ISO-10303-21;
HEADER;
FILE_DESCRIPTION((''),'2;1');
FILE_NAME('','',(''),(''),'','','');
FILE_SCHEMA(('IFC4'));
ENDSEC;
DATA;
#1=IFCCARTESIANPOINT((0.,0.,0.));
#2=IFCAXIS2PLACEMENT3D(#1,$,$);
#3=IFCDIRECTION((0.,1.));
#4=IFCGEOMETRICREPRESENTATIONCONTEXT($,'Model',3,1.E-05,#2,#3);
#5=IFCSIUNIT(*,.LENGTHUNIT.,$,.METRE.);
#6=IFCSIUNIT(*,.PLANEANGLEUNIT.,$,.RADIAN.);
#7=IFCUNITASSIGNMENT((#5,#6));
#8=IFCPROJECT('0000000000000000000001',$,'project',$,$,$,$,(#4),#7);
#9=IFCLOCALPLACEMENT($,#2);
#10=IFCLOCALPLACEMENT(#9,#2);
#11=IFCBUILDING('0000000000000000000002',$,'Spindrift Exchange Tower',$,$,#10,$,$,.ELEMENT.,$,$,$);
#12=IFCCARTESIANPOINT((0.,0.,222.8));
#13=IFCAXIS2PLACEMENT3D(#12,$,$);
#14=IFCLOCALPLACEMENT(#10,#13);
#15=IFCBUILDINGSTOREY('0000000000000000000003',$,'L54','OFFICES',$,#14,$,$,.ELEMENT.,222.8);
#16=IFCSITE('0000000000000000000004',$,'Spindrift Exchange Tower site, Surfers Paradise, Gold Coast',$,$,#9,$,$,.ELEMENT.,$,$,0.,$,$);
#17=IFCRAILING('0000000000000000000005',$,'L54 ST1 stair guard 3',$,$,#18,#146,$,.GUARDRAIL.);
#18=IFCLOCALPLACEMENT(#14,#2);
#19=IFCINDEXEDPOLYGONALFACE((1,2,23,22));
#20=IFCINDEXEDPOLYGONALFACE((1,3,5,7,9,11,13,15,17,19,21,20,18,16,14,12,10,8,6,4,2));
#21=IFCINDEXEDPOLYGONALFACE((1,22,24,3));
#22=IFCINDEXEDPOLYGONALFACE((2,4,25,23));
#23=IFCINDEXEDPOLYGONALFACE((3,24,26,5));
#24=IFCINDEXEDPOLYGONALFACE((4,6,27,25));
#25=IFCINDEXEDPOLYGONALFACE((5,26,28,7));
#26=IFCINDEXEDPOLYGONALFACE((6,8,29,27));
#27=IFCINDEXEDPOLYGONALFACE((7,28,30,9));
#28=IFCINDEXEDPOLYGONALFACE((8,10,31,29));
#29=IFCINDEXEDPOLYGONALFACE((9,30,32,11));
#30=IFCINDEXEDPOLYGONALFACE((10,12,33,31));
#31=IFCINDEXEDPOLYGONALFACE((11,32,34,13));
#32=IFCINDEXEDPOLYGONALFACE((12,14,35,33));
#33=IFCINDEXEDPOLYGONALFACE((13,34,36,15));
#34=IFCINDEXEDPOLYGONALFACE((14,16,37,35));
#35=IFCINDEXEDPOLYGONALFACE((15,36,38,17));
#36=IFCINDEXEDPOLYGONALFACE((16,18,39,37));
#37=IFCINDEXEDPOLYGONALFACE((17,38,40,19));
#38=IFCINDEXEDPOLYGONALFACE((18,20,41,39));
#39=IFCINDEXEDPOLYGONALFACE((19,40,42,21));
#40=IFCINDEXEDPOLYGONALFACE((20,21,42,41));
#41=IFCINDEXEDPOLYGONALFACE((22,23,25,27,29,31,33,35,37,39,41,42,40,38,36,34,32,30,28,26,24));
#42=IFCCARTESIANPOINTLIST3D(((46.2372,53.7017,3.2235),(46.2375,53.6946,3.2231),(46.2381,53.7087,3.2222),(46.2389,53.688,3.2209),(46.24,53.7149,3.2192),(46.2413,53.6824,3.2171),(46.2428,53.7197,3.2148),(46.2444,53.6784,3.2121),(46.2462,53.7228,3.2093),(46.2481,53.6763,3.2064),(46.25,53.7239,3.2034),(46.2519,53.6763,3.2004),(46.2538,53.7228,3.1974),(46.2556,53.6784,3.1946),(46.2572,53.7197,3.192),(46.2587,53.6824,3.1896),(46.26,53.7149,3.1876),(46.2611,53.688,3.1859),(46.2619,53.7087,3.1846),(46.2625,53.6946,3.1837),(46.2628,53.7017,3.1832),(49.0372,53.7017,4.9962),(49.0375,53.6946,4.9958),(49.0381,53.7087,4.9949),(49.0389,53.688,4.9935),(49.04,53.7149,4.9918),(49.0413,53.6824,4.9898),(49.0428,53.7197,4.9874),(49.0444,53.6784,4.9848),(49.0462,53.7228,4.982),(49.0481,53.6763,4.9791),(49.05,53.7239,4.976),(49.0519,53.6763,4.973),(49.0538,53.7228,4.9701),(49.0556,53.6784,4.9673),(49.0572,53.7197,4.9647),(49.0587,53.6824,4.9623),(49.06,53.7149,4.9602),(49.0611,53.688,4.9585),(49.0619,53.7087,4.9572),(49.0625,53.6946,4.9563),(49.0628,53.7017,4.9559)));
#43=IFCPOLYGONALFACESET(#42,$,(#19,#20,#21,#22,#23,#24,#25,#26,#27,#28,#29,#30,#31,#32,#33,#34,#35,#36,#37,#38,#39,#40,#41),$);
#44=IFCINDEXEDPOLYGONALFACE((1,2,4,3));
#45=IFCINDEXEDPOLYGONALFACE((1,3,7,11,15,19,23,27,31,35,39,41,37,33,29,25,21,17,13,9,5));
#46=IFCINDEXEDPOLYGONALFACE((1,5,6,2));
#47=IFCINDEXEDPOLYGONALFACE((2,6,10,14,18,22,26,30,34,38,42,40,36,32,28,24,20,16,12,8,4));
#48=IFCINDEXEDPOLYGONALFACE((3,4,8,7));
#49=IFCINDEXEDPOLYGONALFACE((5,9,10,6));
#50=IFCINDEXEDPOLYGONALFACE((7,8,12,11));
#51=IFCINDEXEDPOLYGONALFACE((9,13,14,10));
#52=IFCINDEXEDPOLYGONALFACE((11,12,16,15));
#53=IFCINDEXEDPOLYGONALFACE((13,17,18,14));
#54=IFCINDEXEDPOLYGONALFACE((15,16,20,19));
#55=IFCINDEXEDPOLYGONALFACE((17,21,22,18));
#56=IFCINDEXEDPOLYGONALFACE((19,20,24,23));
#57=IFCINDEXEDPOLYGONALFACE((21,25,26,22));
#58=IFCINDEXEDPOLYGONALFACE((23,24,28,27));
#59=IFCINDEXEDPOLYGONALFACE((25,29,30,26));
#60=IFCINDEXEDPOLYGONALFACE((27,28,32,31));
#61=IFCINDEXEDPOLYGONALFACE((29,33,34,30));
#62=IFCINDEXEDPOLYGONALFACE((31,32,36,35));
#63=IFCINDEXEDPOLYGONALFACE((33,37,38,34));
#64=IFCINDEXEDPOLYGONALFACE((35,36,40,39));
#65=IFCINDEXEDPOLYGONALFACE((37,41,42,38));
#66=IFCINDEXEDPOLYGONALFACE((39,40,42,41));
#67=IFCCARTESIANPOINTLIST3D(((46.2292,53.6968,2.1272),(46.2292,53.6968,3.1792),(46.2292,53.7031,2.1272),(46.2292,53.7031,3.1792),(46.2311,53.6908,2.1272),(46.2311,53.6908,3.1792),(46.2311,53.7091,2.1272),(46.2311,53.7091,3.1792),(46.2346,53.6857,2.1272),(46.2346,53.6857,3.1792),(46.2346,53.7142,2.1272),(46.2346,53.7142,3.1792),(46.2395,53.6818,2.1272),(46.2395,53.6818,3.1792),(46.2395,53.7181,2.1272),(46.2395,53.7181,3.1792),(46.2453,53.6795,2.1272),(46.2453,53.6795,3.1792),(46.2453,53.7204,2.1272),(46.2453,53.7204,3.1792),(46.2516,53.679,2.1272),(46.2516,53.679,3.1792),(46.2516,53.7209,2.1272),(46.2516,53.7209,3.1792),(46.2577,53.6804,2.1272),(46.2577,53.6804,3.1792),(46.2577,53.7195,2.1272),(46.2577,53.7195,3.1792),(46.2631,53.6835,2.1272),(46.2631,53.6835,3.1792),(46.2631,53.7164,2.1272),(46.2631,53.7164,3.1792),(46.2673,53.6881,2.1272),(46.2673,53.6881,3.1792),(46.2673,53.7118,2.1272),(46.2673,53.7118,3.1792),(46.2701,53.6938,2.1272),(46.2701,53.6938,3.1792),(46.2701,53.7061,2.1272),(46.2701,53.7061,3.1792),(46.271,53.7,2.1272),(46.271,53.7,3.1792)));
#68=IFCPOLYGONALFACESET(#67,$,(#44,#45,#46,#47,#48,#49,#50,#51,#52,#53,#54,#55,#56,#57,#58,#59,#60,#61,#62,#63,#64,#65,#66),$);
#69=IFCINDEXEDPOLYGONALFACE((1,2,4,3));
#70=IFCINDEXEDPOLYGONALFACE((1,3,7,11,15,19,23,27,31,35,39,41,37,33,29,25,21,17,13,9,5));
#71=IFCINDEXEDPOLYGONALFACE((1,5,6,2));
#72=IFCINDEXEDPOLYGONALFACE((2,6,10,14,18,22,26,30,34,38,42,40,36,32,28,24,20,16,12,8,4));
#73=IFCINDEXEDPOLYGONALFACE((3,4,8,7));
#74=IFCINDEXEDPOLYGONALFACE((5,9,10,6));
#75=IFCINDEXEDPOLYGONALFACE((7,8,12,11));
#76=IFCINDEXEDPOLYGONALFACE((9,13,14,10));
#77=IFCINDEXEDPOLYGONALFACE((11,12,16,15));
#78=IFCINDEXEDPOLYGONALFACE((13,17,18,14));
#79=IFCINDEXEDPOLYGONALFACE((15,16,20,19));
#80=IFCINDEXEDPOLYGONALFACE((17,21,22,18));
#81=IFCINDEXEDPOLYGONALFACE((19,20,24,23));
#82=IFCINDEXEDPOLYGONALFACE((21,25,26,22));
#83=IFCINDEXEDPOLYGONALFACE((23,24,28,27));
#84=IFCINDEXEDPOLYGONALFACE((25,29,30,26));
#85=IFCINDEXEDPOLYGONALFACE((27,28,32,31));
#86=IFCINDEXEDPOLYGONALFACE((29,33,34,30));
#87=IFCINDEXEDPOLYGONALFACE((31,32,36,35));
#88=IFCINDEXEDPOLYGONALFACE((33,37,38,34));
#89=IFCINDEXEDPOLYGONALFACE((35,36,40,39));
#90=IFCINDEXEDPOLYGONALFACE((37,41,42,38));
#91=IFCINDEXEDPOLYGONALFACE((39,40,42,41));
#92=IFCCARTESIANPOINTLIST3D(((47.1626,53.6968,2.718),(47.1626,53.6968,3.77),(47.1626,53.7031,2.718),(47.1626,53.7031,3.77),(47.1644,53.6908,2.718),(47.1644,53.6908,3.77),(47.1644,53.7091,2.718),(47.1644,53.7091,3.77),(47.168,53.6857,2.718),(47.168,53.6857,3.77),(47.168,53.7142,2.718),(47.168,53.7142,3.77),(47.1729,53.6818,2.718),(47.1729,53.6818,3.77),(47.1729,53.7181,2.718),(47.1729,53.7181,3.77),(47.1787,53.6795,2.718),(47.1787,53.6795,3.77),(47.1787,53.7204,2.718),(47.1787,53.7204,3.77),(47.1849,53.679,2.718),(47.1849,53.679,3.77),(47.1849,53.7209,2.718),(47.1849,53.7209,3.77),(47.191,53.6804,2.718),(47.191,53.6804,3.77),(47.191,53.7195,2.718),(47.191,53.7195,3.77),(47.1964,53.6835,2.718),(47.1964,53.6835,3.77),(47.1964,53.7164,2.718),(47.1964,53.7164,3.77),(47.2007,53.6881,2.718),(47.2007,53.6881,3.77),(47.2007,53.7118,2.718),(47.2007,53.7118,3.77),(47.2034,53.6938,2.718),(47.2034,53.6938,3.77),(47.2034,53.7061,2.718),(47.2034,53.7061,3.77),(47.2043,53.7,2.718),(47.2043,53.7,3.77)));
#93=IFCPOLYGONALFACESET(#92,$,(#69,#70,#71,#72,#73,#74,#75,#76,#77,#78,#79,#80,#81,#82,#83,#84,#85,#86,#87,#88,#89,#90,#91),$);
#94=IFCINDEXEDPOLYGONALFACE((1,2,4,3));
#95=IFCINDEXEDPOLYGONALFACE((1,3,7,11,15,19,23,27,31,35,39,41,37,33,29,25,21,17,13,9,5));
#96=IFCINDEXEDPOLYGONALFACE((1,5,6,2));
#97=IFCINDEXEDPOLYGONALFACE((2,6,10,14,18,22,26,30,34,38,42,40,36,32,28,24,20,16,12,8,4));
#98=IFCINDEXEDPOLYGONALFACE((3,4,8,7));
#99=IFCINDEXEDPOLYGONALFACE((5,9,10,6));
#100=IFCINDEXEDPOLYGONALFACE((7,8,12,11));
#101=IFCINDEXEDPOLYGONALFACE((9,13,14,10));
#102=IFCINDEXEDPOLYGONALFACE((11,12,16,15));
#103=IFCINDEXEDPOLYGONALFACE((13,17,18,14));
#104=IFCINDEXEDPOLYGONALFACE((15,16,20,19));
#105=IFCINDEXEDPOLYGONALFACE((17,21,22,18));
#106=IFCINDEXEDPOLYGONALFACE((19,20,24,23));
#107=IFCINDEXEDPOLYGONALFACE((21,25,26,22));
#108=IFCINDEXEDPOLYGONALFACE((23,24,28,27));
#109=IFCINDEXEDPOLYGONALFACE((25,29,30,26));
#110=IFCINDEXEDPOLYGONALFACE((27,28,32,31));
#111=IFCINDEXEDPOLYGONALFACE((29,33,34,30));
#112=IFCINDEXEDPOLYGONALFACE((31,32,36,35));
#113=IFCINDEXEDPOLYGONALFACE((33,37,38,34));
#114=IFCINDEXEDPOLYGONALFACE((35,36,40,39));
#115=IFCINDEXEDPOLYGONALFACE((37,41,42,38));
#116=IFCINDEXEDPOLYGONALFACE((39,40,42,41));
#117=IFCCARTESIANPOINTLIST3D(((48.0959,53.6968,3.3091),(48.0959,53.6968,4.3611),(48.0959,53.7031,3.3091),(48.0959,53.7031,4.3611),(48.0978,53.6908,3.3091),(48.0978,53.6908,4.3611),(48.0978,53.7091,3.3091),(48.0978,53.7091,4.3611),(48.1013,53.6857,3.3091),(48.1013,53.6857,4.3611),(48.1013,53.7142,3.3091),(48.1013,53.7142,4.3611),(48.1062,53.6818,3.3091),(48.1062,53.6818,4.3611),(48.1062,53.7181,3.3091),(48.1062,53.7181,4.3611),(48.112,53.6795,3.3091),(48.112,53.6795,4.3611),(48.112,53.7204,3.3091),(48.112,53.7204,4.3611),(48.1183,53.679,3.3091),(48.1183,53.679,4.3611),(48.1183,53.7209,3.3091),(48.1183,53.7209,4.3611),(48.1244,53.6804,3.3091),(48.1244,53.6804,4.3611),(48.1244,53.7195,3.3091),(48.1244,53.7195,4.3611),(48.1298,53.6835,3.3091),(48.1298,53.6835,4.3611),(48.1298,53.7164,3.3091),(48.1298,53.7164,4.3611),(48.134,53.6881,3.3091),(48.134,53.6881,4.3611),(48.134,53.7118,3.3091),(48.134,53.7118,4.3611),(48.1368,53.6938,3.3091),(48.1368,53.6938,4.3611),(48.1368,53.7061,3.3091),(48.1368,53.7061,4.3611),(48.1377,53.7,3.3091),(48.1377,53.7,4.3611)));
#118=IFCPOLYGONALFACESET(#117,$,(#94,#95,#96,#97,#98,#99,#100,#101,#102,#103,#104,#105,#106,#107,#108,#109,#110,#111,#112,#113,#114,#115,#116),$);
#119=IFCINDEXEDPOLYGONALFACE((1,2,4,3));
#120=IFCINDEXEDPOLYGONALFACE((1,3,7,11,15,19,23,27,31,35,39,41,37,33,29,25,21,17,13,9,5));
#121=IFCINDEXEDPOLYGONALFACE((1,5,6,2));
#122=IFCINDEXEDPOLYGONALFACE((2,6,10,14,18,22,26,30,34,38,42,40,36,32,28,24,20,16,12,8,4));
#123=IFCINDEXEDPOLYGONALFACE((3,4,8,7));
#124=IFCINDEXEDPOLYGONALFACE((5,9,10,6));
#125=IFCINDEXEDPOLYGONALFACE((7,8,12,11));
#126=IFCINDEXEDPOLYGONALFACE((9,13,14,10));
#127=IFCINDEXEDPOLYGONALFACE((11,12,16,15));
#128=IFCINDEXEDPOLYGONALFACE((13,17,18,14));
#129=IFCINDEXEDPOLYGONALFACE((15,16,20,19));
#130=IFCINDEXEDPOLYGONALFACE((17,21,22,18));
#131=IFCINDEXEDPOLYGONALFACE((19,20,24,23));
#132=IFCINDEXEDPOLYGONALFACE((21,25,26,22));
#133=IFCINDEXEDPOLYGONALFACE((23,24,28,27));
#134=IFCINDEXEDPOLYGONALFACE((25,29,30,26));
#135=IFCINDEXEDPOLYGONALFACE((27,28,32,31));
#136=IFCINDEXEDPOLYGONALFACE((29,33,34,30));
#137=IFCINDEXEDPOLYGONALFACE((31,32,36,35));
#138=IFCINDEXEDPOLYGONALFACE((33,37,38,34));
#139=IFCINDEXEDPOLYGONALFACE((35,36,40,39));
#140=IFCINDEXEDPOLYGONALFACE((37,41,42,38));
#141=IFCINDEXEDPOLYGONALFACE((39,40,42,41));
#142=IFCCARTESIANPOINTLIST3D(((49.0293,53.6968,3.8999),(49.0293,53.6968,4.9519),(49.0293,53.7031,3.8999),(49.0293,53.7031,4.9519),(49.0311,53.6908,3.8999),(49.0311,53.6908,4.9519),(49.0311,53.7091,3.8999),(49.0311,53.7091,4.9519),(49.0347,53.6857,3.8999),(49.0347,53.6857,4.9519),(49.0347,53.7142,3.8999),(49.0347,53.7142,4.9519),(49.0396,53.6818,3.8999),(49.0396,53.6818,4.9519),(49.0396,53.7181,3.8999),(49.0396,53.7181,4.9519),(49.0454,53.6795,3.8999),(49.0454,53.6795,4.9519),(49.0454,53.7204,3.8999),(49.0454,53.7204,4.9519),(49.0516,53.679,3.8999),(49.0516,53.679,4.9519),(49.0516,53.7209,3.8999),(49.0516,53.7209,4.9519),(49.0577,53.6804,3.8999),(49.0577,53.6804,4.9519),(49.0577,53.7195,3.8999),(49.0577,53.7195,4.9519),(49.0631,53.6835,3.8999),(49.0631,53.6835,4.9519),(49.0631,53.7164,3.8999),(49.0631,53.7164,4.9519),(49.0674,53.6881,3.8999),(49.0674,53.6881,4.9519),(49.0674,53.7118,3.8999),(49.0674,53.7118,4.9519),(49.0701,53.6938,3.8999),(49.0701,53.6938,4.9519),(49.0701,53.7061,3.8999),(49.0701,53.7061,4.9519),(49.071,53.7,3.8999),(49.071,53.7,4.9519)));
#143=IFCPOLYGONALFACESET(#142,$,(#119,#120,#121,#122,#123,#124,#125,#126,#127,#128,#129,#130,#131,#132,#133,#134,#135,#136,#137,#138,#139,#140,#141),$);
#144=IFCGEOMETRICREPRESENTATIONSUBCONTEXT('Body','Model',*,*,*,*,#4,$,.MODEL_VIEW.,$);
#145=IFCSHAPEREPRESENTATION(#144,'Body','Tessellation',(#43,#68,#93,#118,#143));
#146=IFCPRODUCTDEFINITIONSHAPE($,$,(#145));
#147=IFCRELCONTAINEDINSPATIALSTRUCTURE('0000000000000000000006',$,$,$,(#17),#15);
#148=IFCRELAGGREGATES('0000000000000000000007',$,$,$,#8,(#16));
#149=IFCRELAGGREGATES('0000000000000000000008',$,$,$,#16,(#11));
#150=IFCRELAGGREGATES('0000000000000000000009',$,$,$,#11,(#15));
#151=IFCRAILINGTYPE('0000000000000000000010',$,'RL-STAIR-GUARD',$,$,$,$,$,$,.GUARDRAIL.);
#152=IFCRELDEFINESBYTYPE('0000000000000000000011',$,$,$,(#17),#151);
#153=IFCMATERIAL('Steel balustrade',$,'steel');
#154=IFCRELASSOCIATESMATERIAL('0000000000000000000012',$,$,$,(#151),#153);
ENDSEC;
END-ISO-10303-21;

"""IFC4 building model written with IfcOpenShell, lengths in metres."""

from ifc_helpers import new_model, si_unit, direction, frame, origin, origin_2d, place, context, subcontext, project, spatial, circle, extrude, material, type_object, element, save


model = new_model("IFC4")

# Units and contexts
model_context = context("Model", 3, precision=1e-05, world=origin(), true_north=direction((0.0, 1.0)))
body_context = subcontext(model_context, "Body", "Model", "MODEL_VIEW")
ifc_project = project(units=[si_unit("LENGTHUNIT", "METRE"), si_unit("PLANEANGLEUNIT", "RADIAN")], contexts=[model_context])

# Site, building, storey
site_placement = place(None, origin())
site = spatial("IfcSite", under=ifc_project, at=site_placement, Name="Spindrift Exchange Tower site, Surfers Paradise, Gold Coast", CompositionType="ELEMENT", RefElevation=0.0)
building_placement = place(site_placement, origin())
building = spatial("IfcBuilding", under=site, at=building_placement, Name="Spindrift Exchange Tower", CompositionType="ELEMENT")
storey_placement = place(building_placement, frame((0.0, 0.0, 222.8)))
storey = spatial("IfcBuildingStorey", under=building, at=storey_placement, Name="L54", Description="OFFICES", CompositionType="ELEMENT", Elevation=222.8)

# Railing
ifc_material_1 = material(Name="Steel balustrade", Category="steel")
railing_type_1 = type_object("IfcRailingType", Name="RL-STAIR-GUARD", PredefinedType="GUARDRAIL", material=ifc_material_1)
railing_1_placement = place(storey_placement, frame((46.25, 53.7, 2.1272)))
element("IfcRailing", 1, at=railing_1_placement, inside=storey, type_object=railing_type_1, Name="L54 ST1 stair guard 3", PredefinedType="GUARDRAIL", context=body_context, shape_type="SweptSolid", body=[
    extrude(circle(Radius=0.0239, at=origin_2d()), frame((0.0, 0.0, 1.0762), z_axis=(0.844909, 0.0, 0.53491), x_axis=(0.0, 1.0, 0.0)), (0.0, 0.0, 1.0), 3.314),
    extrude(circle(Radius=0.021, at=origin_2d()), origin(), (0.0, 0.0, 1.0), 1.052),
    extrude(circle(Radius=0.021, at=origin_2d()), frame((0.9333, 0.0, 0.5908)), (0.0, 0.0, 1.0), 1.052),
    extrude(circle(Radius=0.021, at=origin_2d()), frame((1.8667, 0.0, 1.1819)), (0.0, 0.0, 1.0), 1.052),
    extrude(circle(Radius=0.021, at=origin_2d()), frame((2.8, 0.0, 1.7727)), (0.0, 0.0, 1.0), 1.052),
])

save(model, "model.ifc")
